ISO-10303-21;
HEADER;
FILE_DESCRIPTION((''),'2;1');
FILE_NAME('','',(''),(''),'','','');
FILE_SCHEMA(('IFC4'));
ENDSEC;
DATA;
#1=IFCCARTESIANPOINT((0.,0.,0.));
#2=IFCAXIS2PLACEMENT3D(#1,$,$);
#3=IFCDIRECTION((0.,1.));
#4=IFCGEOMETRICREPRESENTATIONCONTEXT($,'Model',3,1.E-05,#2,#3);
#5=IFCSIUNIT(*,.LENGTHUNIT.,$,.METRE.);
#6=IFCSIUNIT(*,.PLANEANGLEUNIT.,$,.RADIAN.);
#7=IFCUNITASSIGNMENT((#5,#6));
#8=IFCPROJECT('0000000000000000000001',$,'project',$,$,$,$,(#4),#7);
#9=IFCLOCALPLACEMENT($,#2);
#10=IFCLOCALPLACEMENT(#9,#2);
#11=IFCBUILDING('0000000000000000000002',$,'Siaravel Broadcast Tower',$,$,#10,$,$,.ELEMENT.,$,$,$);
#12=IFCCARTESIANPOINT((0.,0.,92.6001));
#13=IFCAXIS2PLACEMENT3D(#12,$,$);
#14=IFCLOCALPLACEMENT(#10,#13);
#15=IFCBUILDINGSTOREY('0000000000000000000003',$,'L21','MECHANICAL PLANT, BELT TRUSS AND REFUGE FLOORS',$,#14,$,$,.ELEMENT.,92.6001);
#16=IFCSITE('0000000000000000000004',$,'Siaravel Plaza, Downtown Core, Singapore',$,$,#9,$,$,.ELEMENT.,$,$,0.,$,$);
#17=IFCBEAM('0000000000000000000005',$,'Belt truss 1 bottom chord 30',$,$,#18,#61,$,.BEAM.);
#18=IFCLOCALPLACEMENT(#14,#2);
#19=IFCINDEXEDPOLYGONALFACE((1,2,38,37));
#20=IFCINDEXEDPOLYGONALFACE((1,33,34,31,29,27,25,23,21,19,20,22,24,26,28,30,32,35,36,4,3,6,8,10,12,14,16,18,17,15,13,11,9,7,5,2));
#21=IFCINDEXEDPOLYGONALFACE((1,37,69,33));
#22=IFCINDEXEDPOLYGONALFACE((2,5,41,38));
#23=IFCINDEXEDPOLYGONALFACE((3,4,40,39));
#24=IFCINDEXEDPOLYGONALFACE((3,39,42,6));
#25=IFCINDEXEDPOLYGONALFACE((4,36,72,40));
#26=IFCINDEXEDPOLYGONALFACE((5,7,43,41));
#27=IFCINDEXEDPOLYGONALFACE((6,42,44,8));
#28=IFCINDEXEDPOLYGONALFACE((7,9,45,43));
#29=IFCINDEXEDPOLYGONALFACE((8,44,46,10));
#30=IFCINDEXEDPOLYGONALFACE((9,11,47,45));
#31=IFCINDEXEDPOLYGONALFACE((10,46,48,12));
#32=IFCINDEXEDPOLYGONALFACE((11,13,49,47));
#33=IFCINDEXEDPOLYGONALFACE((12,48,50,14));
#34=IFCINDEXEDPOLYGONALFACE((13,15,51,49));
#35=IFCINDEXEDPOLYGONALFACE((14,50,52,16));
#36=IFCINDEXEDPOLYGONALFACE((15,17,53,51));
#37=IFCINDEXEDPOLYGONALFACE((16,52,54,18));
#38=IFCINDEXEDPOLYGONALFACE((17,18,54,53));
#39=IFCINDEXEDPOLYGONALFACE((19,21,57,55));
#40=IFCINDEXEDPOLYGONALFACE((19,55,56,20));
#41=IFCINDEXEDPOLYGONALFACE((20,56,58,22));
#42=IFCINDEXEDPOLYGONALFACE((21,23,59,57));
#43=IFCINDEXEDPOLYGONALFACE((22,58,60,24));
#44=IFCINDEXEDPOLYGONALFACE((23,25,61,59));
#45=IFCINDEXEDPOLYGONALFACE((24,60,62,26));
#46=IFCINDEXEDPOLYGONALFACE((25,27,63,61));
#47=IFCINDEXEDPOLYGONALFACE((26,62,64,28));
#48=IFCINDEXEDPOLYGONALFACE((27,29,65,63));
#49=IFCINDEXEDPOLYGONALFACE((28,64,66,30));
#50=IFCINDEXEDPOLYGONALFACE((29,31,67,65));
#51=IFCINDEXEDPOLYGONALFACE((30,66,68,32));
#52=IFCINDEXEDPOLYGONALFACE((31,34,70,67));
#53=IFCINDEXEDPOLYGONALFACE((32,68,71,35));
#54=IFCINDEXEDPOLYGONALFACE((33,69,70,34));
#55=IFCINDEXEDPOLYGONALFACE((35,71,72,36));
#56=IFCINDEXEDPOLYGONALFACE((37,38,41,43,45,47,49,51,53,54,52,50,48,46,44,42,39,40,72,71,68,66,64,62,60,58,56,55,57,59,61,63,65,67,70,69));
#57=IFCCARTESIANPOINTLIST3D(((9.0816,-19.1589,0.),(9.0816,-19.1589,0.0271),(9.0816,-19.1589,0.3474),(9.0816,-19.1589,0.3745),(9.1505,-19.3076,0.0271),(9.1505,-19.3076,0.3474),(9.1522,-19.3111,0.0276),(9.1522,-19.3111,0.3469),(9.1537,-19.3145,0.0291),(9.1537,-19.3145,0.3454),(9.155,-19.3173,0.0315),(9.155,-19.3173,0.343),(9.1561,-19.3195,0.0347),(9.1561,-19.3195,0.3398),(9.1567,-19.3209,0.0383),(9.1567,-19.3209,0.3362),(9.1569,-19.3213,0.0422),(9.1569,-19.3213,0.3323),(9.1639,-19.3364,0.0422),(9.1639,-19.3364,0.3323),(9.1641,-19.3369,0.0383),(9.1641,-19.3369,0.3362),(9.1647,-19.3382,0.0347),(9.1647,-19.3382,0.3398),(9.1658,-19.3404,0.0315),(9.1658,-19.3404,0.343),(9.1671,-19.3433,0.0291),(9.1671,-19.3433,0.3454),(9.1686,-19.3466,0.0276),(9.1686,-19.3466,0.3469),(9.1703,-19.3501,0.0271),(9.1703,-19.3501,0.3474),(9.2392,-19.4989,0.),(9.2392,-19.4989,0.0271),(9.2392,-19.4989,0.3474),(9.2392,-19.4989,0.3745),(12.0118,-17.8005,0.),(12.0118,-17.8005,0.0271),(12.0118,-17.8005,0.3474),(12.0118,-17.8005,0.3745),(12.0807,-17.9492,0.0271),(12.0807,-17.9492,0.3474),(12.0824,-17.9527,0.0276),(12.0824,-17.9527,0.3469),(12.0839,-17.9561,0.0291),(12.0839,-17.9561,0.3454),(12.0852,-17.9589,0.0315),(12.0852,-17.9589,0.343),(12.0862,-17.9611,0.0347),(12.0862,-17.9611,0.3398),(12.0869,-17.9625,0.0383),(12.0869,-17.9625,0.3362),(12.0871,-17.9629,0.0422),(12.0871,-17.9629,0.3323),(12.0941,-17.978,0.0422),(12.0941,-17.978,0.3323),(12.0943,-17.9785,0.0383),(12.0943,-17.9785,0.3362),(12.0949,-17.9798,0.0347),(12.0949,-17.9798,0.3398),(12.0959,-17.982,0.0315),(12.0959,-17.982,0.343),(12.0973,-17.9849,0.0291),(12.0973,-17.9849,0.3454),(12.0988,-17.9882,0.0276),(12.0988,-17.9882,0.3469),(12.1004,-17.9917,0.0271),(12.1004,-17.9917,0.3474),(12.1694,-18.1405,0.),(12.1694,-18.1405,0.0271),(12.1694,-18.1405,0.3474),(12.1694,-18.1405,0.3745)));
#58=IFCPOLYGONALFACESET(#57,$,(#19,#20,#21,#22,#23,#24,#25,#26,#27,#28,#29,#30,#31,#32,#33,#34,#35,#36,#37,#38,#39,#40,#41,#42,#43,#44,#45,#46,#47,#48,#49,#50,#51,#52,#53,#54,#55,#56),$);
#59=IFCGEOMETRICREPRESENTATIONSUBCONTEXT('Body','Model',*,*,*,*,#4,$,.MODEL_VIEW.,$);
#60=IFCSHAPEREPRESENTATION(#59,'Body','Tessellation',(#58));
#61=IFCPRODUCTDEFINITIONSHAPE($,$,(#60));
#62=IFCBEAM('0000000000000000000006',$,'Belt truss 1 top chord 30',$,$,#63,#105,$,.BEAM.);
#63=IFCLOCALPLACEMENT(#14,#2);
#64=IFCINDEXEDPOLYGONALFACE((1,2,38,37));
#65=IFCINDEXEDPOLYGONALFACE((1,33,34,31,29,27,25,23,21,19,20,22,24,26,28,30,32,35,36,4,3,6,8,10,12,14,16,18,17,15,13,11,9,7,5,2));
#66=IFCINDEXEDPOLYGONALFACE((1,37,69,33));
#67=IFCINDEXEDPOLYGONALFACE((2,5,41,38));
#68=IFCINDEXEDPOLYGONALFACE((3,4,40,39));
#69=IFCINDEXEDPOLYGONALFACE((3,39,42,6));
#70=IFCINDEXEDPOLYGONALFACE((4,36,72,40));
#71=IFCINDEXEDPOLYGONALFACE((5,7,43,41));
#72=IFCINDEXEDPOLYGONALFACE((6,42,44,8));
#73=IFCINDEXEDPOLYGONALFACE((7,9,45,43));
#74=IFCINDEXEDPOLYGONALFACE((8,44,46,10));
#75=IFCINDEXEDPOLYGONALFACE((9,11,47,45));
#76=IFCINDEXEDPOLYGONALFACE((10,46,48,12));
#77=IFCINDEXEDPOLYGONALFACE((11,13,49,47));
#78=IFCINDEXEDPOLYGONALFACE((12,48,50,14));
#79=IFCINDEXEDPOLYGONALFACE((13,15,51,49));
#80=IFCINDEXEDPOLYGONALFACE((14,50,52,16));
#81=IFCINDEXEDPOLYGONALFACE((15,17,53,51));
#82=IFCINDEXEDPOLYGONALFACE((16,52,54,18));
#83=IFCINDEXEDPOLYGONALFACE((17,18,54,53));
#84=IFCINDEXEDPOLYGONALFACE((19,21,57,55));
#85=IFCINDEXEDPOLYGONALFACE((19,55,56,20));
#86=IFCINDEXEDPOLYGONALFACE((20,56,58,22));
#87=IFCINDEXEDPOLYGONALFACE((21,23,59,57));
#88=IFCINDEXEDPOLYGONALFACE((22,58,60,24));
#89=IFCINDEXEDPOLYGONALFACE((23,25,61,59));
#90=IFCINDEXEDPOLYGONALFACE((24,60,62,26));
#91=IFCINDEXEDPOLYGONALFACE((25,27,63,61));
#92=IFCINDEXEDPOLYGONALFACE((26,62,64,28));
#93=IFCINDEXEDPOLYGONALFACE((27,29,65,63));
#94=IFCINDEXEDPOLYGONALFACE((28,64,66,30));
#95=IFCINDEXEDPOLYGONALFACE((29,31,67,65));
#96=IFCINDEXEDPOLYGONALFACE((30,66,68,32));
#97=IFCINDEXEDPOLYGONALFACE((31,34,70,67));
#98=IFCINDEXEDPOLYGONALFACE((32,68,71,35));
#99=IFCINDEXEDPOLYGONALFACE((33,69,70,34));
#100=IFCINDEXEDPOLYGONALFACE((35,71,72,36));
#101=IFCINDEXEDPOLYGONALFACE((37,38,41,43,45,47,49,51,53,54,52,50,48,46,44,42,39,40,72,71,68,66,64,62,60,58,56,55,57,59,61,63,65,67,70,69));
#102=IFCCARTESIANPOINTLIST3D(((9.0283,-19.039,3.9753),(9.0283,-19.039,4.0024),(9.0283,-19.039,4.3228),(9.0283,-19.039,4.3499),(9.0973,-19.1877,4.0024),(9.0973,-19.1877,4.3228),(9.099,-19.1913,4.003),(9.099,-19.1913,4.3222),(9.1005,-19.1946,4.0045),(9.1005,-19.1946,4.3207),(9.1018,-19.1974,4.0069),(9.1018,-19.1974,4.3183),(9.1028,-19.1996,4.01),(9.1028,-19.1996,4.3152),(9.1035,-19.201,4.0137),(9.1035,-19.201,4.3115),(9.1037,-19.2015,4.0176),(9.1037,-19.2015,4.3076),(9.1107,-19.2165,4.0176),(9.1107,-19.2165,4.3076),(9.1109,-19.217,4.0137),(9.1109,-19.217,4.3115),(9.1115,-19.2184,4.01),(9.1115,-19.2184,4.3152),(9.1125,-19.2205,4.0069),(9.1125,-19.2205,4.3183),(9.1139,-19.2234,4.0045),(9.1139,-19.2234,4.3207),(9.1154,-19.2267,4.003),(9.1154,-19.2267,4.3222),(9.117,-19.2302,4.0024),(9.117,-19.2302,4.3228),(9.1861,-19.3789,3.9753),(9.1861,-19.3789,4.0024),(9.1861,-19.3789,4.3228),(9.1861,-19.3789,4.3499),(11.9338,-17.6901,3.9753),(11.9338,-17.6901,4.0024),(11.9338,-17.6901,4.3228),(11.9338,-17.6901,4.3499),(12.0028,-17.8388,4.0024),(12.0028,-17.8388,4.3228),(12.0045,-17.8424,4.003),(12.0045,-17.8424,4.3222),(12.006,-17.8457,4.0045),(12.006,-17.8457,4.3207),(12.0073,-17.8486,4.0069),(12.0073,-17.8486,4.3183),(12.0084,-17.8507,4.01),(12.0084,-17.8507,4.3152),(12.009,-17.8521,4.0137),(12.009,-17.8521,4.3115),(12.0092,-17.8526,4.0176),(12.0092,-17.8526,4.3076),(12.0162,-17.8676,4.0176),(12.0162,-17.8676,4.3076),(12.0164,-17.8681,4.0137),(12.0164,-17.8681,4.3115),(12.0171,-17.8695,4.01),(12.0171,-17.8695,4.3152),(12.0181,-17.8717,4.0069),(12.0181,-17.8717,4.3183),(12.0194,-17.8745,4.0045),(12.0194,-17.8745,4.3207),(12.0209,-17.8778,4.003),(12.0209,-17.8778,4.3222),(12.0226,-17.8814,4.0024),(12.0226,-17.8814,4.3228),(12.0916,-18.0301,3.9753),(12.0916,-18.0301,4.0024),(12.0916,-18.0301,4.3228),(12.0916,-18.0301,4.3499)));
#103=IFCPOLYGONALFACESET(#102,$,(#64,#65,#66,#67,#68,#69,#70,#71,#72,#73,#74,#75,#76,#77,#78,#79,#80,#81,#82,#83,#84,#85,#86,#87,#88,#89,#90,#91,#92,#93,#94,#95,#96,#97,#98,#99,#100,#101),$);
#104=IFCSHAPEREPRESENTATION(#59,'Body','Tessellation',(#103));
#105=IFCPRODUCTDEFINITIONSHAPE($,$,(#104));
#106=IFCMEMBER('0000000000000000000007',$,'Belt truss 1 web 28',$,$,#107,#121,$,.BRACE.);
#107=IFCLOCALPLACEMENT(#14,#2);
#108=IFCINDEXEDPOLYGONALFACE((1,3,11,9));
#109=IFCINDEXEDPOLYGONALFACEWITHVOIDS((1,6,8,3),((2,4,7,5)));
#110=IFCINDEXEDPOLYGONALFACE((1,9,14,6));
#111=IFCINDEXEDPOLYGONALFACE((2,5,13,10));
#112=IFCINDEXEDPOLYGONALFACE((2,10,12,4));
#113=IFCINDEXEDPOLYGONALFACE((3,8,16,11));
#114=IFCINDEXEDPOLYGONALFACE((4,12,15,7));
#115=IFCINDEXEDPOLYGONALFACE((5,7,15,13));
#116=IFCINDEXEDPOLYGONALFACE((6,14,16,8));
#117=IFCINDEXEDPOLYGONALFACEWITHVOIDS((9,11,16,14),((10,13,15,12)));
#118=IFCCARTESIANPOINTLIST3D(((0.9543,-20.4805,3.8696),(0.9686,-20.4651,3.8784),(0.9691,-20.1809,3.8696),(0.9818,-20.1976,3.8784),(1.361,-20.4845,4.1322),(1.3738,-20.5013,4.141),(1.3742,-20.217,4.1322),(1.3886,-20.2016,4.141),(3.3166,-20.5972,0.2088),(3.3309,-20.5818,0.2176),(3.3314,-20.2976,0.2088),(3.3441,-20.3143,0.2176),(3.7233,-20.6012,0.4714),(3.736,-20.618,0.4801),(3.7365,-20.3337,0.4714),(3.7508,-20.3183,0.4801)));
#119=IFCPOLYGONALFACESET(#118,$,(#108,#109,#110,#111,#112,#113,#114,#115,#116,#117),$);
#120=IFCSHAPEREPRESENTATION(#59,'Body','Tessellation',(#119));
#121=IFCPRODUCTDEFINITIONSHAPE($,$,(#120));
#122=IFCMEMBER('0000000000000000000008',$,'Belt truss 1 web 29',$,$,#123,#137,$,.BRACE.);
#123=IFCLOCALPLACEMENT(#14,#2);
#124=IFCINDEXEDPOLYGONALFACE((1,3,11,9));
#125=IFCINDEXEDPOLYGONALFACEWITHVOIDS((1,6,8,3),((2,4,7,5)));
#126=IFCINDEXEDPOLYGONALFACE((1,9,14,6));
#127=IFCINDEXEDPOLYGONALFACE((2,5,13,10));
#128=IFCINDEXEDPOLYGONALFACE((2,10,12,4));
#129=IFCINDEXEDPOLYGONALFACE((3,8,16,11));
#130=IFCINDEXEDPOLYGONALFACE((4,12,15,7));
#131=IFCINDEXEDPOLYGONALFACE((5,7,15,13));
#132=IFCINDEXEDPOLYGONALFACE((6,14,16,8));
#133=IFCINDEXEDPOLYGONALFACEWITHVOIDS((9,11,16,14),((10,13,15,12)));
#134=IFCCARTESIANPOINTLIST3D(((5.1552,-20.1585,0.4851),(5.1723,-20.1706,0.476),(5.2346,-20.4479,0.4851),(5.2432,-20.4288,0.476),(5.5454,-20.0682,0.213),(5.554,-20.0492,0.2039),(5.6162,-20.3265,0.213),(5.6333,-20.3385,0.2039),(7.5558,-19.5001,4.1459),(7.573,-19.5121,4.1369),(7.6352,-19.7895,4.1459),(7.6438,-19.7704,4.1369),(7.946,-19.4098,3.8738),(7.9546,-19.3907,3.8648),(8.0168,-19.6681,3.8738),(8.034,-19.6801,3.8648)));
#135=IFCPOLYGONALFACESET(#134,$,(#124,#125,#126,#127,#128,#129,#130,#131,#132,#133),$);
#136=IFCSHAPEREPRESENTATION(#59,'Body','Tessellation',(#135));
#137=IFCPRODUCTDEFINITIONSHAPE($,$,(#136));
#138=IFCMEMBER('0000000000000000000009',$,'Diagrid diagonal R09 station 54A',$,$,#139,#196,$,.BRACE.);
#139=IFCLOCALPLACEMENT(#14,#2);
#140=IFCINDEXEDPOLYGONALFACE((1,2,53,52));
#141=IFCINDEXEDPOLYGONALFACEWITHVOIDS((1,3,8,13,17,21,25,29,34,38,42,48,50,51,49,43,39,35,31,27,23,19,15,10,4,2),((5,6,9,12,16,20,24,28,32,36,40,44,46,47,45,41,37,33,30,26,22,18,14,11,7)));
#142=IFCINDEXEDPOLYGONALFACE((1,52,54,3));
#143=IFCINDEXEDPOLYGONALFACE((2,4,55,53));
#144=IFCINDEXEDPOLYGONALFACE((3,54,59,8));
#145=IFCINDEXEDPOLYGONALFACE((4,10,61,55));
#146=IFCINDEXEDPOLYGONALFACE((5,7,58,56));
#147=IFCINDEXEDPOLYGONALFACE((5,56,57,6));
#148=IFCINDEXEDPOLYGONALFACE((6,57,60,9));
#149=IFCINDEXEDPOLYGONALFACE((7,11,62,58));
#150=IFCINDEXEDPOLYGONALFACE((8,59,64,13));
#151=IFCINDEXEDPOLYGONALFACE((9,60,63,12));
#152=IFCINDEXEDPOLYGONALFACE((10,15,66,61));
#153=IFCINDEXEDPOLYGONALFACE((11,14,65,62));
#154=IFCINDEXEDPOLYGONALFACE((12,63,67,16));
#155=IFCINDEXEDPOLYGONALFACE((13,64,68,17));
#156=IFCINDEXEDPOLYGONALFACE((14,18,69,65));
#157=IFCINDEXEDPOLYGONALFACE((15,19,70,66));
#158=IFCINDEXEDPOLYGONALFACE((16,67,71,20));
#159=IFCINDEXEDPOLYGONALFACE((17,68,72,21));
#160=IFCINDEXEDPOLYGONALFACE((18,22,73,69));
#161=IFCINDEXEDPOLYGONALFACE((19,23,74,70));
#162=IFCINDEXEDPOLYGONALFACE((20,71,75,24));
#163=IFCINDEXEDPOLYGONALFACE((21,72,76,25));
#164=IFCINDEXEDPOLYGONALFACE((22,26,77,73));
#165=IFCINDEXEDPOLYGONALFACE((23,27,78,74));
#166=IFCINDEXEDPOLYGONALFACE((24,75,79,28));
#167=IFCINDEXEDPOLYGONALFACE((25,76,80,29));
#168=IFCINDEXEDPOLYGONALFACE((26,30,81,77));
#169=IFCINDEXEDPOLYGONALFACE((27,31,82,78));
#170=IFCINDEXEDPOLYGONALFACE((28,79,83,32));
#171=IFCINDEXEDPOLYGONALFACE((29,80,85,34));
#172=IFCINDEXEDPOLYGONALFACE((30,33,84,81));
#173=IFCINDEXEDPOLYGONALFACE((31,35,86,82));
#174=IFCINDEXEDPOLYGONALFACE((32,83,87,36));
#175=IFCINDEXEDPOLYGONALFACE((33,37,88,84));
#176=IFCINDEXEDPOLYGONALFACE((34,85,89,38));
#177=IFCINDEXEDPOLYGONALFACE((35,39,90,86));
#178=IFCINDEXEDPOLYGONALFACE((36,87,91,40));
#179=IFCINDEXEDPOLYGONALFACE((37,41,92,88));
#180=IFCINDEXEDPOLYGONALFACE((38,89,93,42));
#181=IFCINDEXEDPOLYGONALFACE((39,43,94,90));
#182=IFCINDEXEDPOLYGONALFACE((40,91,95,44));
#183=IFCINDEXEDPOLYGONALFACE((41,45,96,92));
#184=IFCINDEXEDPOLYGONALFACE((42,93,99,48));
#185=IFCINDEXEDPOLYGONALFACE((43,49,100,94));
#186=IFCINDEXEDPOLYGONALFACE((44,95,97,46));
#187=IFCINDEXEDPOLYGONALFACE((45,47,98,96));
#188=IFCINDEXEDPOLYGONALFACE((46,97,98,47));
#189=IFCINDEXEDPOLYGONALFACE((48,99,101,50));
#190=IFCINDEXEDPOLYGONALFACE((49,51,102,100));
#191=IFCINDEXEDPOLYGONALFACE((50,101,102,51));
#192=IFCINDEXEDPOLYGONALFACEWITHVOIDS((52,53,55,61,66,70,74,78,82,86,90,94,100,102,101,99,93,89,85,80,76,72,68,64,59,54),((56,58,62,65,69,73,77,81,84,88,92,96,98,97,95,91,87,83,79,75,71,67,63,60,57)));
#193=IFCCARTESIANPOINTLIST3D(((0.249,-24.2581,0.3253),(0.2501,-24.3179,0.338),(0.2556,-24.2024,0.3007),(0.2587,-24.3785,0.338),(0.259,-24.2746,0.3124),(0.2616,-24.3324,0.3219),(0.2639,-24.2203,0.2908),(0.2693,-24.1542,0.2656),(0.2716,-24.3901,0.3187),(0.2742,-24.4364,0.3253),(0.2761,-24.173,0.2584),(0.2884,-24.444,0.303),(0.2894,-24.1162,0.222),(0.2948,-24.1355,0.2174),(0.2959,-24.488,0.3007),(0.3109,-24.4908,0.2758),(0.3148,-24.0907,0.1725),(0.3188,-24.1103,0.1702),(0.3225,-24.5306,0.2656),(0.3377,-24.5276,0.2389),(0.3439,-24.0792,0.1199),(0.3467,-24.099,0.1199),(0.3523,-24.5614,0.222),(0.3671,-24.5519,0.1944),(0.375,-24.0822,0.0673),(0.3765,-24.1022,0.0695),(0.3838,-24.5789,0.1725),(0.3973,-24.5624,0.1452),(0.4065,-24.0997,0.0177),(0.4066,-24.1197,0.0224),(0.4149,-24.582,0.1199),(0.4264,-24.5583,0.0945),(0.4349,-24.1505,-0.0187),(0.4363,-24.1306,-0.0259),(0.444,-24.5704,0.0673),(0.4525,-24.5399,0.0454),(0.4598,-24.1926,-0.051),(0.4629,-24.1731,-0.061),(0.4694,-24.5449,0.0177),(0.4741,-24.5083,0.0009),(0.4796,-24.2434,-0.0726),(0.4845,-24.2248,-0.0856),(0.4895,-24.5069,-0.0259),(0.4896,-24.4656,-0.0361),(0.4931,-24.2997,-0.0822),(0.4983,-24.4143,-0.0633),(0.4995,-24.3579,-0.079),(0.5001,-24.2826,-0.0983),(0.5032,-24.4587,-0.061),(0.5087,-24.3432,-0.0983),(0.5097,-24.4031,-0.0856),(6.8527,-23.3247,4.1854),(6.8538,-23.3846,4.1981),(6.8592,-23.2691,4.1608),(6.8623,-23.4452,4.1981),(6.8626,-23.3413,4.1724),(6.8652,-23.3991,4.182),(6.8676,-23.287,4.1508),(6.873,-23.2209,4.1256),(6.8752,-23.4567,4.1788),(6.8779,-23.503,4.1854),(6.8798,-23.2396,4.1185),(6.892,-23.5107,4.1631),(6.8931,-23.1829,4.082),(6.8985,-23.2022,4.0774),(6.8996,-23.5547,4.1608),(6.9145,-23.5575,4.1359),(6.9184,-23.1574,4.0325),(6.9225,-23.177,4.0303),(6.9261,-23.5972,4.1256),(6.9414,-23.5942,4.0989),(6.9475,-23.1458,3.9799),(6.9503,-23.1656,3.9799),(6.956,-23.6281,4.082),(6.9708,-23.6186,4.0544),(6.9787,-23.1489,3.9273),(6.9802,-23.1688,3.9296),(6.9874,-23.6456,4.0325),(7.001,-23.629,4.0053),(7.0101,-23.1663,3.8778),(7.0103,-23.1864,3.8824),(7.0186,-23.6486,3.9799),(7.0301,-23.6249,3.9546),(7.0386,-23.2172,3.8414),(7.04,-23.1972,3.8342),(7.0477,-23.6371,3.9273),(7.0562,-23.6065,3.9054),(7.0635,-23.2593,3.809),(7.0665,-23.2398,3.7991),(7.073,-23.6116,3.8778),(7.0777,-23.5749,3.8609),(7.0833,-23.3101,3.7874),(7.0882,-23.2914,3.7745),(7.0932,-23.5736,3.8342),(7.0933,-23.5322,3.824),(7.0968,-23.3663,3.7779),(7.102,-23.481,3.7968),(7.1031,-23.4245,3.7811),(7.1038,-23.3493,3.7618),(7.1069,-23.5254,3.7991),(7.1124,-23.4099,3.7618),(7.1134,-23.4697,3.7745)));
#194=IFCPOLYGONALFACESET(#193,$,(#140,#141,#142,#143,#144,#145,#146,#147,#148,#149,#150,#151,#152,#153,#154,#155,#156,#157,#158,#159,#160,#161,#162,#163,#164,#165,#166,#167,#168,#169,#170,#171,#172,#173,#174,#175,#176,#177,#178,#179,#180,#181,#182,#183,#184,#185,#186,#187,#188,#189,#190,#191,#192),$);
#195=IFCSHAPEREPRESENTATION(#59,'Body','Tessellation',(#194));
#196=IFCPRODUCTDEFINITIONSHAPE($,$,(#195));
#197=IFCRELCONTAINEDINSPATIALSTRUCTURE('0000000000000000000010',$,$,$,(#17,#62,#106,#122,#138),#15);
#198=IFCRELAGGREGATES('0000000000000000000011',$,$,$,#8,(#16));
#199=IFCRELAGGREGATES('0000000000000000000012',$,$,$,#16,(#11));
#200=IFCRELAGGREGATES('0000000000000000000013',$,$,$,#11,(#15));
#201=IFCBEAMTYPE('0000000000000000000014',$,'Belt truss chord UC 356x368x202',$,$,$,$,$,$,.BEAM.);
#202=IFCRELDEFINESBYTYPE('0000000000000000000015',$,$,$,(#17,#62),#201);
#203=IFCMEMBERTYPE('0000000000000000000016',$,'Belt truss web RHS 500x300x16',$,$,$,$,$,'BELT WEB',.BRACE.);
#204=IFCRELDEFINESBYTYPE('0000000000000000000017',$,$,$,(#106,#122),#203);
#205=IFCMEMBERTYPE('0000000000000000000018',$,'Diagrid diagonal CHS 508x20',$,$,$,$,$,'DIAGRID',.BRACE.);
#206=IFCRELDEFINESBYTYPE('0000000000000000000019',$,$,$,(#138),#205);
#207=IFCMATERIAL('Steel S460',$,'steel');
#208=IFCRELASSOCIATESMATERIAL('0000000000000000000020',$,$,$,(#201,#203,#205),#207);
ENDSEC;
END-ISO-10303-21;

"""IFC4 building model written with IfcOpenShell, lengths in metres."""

from ifc_helpers import new_model, si_unit, direction, frame, origin, origin_2d, place, context, subcontext, project, spatial, hollow_rectangle, hollow_circle, i_section, extrude, material, material_profile, profile_set, type_object, element, save


model = new_model("IFC4")

# Units and contexts
model_context = context("Model", 3, precision=1e-05, world=origin(), true_north=direction((0.0, 1.0)))
body_context = subcontext(model_context, "Body", "Model", "MODEL_VIEW")
ifc_project = project(units=[si_unit("LENGTHUNIT", "METRE"), si_unit("PLANEANGLEUNIT", "RADIAN")], contexts=[model_context])

# Site, building, storey
site_placement = place(None, origin())
site = spatial("IfcSite", under=ifc_project, at=site_placement, Name="Siaravel Plaza, Downtown Core, Singapore", CompositionType="ELEMENT", RefElevation=0.0)
building_placement = place(site_placement, origin())
building = spatial("IfcBuilding", under=site, at=building_placement, Name="Siaravel Broadcast Tower", CompositionType="ELEMENT")
storey_placement = place(building_placement, frame((0.0, 0.0, 92.6001)))
storey = spatial("IfcBuildingStorey", under=building, at=storey_placement, Name="L21", Description="MECHANICAL PLANT, BELT TRUSS AND REFUGE FLOORS", CompositionType="ELEMENT", Elevation=92.6001)

# Beams
ifc_material_1 = material(Name="Steel S460", Category="steel")
ifc_material_profile_1 = material_profile(ifc_material_1, i_section(OverallWidth=0.3748, OverallDepth=0.3745, WebThickness=0.0166, FlangeThickness=0.0271, FilletRadius=0.0151, at=origin_2d()))
ifc_profile_set_1 = profile_set([ifc_material_profile_1], Name="Steel S460")
beam_type_1 = type_object("IfcBeamType", Name="Belt truss chord UC 356x368x202", PredefinedType="BEAM", material=ifc_profile_set_1)
beam_1_placement = place(storey_placement, frame((9.1604, -19.3289, 0.1873), z_axis=(0.90725, 0.420592, 0.0), x_axis=(-0.420592, 0.90725, 0.0)))
element("IfcBeam", 1, at=beam_1_placement, inside=storey, type_object=beam_type_1, Name="Belt truss 1 bottom chord 30", PredefinedType="BEAM", context=body_context, shape_type="SweptSolid", body=[
    extrude(i_section(OverallWidth=0.3748, OverallDepth=0.3745, WebThickness=0.0166, FlangeThickness=0.0271, FilletRadius=0.0151, at=origin_2d()), origin(), (0.0, 0.0, 1.0), 3.2297),
])
beam_2_placement = place(storey_placement, frame((9.1072, -19.209, 4.1626), z_axis=(0.907022, 0.421082, 0.0), x_axis=(-0.421082, 0.907022, 0.0)))
element("IfcBeam", 2, at=beam_2_placement, inside=storey, type_object=beam_type_1, Name="Belt truss 1 top chord 30", PredefinedType="BEAM", context=body_context, shape_type="SweptSolid", body=[
    extrude(i_section(OverallWidth=0.3748, OverallDepth=0.3745, WebThickness=0.0166, FlangeThickness=0.0271, FilletRadius=0.0151, at=origin_2d()), origin(), (0.0, 0.0, 1.0), 3.2034),
])

# Members
ifc_material_profile_2 = material_profile(ifc_material_1, hollow_rectangle(XDim=0.3, YDim=0.5, WallThickness=0.0161, at=origin_2d()))
ifc_profile_set_2 = profile_set([ifc_material_profile_2], Name="Steel S460")
member_type_1 = type_object("IfcMemberType", Name="Belt truss web RHS 500x300x16", ElementType="BELT WEB", PredefinedType="BRACE", material=ifc_profile_set_2)
member_1_placement = place(storey_placement, frame((3.5337, -20.4578, 0.3445), z_axis=(-0.542004, 0.026775, 0.839949), x_axis=(-0.04934, -0.998782, 0.0)))
element("IfcMember", 3, at=member_1_placement, inside=storey, type_object=member_type_1, Name="Belt truss 1 web 28", PredefinedType="BRACE", context=body_context, shape_type="SweptSolid", body=[
    extrude(hollow_rectangle(XDim=0.3, YDim=0.5, WallThickness=0.0161, at=origin_2d()), origin(), (0.0, 0.0, 1.0), 4.3584),
])
member_2_placement = place(storey_placement, frame((5.3943, -20.2485, 0.3445), z_axis=(0.542266, 0.148733, 0.826938), x_axis=(-0.264511, 0.964383, 0.0)))
element("IfcMember", 4, at=member_2_placement, inside=storey, type_object=member_type_1, Name="Belt truss 1 web 29", PredefinedType="BRACE", context=body_context, shape_type="SweptSolid", body=[
    extrude(hollow_rectangle(XDim=0.3, YDim=0.5, WallThickness=0.0161, at=origin_2d()), origin(), (0.0, 0.0, 1.0), 4.427),
])
ifc_material_profile_3 = material_profile(ifc_material_1, hollow_circle(Radius=0.2539, WallThickness=0.02, at=origin_2d()))
ifc_profile_set_3 = profile_set([ifc_material_profile_3], Name="Steel S460")
member_type_2 = type_object("IfcMemberType", Name="Diagrid diagonal CHS 508x20", ElementType="DIAGRID", PredefinedType="BRACE", material=ifc_profile_set_3)
member_3_placement = place(storey_placement, frame((0.3794, -24.3306, 0.1199), z_axis=(0.856972, 0.121121, 0.500927), x_axis=(-0.139945, 0.990159, 0.0)))
element("IfcMember", 5, at=member_3_placement, inside=storey, type_object=member_type_2, Name="Diagrid diagonal R09 station 54A", PredefinedType="BRACE", context=body_context, shape_type="SweptSolid", body=[
    extrude(hollow_circle(Radius=0.2539, WallThickness=0.02, at=origin_2d()), origin(), (0.0, 0.0, 1.0), 7.7058),
])

save(model, "model.ifc")
